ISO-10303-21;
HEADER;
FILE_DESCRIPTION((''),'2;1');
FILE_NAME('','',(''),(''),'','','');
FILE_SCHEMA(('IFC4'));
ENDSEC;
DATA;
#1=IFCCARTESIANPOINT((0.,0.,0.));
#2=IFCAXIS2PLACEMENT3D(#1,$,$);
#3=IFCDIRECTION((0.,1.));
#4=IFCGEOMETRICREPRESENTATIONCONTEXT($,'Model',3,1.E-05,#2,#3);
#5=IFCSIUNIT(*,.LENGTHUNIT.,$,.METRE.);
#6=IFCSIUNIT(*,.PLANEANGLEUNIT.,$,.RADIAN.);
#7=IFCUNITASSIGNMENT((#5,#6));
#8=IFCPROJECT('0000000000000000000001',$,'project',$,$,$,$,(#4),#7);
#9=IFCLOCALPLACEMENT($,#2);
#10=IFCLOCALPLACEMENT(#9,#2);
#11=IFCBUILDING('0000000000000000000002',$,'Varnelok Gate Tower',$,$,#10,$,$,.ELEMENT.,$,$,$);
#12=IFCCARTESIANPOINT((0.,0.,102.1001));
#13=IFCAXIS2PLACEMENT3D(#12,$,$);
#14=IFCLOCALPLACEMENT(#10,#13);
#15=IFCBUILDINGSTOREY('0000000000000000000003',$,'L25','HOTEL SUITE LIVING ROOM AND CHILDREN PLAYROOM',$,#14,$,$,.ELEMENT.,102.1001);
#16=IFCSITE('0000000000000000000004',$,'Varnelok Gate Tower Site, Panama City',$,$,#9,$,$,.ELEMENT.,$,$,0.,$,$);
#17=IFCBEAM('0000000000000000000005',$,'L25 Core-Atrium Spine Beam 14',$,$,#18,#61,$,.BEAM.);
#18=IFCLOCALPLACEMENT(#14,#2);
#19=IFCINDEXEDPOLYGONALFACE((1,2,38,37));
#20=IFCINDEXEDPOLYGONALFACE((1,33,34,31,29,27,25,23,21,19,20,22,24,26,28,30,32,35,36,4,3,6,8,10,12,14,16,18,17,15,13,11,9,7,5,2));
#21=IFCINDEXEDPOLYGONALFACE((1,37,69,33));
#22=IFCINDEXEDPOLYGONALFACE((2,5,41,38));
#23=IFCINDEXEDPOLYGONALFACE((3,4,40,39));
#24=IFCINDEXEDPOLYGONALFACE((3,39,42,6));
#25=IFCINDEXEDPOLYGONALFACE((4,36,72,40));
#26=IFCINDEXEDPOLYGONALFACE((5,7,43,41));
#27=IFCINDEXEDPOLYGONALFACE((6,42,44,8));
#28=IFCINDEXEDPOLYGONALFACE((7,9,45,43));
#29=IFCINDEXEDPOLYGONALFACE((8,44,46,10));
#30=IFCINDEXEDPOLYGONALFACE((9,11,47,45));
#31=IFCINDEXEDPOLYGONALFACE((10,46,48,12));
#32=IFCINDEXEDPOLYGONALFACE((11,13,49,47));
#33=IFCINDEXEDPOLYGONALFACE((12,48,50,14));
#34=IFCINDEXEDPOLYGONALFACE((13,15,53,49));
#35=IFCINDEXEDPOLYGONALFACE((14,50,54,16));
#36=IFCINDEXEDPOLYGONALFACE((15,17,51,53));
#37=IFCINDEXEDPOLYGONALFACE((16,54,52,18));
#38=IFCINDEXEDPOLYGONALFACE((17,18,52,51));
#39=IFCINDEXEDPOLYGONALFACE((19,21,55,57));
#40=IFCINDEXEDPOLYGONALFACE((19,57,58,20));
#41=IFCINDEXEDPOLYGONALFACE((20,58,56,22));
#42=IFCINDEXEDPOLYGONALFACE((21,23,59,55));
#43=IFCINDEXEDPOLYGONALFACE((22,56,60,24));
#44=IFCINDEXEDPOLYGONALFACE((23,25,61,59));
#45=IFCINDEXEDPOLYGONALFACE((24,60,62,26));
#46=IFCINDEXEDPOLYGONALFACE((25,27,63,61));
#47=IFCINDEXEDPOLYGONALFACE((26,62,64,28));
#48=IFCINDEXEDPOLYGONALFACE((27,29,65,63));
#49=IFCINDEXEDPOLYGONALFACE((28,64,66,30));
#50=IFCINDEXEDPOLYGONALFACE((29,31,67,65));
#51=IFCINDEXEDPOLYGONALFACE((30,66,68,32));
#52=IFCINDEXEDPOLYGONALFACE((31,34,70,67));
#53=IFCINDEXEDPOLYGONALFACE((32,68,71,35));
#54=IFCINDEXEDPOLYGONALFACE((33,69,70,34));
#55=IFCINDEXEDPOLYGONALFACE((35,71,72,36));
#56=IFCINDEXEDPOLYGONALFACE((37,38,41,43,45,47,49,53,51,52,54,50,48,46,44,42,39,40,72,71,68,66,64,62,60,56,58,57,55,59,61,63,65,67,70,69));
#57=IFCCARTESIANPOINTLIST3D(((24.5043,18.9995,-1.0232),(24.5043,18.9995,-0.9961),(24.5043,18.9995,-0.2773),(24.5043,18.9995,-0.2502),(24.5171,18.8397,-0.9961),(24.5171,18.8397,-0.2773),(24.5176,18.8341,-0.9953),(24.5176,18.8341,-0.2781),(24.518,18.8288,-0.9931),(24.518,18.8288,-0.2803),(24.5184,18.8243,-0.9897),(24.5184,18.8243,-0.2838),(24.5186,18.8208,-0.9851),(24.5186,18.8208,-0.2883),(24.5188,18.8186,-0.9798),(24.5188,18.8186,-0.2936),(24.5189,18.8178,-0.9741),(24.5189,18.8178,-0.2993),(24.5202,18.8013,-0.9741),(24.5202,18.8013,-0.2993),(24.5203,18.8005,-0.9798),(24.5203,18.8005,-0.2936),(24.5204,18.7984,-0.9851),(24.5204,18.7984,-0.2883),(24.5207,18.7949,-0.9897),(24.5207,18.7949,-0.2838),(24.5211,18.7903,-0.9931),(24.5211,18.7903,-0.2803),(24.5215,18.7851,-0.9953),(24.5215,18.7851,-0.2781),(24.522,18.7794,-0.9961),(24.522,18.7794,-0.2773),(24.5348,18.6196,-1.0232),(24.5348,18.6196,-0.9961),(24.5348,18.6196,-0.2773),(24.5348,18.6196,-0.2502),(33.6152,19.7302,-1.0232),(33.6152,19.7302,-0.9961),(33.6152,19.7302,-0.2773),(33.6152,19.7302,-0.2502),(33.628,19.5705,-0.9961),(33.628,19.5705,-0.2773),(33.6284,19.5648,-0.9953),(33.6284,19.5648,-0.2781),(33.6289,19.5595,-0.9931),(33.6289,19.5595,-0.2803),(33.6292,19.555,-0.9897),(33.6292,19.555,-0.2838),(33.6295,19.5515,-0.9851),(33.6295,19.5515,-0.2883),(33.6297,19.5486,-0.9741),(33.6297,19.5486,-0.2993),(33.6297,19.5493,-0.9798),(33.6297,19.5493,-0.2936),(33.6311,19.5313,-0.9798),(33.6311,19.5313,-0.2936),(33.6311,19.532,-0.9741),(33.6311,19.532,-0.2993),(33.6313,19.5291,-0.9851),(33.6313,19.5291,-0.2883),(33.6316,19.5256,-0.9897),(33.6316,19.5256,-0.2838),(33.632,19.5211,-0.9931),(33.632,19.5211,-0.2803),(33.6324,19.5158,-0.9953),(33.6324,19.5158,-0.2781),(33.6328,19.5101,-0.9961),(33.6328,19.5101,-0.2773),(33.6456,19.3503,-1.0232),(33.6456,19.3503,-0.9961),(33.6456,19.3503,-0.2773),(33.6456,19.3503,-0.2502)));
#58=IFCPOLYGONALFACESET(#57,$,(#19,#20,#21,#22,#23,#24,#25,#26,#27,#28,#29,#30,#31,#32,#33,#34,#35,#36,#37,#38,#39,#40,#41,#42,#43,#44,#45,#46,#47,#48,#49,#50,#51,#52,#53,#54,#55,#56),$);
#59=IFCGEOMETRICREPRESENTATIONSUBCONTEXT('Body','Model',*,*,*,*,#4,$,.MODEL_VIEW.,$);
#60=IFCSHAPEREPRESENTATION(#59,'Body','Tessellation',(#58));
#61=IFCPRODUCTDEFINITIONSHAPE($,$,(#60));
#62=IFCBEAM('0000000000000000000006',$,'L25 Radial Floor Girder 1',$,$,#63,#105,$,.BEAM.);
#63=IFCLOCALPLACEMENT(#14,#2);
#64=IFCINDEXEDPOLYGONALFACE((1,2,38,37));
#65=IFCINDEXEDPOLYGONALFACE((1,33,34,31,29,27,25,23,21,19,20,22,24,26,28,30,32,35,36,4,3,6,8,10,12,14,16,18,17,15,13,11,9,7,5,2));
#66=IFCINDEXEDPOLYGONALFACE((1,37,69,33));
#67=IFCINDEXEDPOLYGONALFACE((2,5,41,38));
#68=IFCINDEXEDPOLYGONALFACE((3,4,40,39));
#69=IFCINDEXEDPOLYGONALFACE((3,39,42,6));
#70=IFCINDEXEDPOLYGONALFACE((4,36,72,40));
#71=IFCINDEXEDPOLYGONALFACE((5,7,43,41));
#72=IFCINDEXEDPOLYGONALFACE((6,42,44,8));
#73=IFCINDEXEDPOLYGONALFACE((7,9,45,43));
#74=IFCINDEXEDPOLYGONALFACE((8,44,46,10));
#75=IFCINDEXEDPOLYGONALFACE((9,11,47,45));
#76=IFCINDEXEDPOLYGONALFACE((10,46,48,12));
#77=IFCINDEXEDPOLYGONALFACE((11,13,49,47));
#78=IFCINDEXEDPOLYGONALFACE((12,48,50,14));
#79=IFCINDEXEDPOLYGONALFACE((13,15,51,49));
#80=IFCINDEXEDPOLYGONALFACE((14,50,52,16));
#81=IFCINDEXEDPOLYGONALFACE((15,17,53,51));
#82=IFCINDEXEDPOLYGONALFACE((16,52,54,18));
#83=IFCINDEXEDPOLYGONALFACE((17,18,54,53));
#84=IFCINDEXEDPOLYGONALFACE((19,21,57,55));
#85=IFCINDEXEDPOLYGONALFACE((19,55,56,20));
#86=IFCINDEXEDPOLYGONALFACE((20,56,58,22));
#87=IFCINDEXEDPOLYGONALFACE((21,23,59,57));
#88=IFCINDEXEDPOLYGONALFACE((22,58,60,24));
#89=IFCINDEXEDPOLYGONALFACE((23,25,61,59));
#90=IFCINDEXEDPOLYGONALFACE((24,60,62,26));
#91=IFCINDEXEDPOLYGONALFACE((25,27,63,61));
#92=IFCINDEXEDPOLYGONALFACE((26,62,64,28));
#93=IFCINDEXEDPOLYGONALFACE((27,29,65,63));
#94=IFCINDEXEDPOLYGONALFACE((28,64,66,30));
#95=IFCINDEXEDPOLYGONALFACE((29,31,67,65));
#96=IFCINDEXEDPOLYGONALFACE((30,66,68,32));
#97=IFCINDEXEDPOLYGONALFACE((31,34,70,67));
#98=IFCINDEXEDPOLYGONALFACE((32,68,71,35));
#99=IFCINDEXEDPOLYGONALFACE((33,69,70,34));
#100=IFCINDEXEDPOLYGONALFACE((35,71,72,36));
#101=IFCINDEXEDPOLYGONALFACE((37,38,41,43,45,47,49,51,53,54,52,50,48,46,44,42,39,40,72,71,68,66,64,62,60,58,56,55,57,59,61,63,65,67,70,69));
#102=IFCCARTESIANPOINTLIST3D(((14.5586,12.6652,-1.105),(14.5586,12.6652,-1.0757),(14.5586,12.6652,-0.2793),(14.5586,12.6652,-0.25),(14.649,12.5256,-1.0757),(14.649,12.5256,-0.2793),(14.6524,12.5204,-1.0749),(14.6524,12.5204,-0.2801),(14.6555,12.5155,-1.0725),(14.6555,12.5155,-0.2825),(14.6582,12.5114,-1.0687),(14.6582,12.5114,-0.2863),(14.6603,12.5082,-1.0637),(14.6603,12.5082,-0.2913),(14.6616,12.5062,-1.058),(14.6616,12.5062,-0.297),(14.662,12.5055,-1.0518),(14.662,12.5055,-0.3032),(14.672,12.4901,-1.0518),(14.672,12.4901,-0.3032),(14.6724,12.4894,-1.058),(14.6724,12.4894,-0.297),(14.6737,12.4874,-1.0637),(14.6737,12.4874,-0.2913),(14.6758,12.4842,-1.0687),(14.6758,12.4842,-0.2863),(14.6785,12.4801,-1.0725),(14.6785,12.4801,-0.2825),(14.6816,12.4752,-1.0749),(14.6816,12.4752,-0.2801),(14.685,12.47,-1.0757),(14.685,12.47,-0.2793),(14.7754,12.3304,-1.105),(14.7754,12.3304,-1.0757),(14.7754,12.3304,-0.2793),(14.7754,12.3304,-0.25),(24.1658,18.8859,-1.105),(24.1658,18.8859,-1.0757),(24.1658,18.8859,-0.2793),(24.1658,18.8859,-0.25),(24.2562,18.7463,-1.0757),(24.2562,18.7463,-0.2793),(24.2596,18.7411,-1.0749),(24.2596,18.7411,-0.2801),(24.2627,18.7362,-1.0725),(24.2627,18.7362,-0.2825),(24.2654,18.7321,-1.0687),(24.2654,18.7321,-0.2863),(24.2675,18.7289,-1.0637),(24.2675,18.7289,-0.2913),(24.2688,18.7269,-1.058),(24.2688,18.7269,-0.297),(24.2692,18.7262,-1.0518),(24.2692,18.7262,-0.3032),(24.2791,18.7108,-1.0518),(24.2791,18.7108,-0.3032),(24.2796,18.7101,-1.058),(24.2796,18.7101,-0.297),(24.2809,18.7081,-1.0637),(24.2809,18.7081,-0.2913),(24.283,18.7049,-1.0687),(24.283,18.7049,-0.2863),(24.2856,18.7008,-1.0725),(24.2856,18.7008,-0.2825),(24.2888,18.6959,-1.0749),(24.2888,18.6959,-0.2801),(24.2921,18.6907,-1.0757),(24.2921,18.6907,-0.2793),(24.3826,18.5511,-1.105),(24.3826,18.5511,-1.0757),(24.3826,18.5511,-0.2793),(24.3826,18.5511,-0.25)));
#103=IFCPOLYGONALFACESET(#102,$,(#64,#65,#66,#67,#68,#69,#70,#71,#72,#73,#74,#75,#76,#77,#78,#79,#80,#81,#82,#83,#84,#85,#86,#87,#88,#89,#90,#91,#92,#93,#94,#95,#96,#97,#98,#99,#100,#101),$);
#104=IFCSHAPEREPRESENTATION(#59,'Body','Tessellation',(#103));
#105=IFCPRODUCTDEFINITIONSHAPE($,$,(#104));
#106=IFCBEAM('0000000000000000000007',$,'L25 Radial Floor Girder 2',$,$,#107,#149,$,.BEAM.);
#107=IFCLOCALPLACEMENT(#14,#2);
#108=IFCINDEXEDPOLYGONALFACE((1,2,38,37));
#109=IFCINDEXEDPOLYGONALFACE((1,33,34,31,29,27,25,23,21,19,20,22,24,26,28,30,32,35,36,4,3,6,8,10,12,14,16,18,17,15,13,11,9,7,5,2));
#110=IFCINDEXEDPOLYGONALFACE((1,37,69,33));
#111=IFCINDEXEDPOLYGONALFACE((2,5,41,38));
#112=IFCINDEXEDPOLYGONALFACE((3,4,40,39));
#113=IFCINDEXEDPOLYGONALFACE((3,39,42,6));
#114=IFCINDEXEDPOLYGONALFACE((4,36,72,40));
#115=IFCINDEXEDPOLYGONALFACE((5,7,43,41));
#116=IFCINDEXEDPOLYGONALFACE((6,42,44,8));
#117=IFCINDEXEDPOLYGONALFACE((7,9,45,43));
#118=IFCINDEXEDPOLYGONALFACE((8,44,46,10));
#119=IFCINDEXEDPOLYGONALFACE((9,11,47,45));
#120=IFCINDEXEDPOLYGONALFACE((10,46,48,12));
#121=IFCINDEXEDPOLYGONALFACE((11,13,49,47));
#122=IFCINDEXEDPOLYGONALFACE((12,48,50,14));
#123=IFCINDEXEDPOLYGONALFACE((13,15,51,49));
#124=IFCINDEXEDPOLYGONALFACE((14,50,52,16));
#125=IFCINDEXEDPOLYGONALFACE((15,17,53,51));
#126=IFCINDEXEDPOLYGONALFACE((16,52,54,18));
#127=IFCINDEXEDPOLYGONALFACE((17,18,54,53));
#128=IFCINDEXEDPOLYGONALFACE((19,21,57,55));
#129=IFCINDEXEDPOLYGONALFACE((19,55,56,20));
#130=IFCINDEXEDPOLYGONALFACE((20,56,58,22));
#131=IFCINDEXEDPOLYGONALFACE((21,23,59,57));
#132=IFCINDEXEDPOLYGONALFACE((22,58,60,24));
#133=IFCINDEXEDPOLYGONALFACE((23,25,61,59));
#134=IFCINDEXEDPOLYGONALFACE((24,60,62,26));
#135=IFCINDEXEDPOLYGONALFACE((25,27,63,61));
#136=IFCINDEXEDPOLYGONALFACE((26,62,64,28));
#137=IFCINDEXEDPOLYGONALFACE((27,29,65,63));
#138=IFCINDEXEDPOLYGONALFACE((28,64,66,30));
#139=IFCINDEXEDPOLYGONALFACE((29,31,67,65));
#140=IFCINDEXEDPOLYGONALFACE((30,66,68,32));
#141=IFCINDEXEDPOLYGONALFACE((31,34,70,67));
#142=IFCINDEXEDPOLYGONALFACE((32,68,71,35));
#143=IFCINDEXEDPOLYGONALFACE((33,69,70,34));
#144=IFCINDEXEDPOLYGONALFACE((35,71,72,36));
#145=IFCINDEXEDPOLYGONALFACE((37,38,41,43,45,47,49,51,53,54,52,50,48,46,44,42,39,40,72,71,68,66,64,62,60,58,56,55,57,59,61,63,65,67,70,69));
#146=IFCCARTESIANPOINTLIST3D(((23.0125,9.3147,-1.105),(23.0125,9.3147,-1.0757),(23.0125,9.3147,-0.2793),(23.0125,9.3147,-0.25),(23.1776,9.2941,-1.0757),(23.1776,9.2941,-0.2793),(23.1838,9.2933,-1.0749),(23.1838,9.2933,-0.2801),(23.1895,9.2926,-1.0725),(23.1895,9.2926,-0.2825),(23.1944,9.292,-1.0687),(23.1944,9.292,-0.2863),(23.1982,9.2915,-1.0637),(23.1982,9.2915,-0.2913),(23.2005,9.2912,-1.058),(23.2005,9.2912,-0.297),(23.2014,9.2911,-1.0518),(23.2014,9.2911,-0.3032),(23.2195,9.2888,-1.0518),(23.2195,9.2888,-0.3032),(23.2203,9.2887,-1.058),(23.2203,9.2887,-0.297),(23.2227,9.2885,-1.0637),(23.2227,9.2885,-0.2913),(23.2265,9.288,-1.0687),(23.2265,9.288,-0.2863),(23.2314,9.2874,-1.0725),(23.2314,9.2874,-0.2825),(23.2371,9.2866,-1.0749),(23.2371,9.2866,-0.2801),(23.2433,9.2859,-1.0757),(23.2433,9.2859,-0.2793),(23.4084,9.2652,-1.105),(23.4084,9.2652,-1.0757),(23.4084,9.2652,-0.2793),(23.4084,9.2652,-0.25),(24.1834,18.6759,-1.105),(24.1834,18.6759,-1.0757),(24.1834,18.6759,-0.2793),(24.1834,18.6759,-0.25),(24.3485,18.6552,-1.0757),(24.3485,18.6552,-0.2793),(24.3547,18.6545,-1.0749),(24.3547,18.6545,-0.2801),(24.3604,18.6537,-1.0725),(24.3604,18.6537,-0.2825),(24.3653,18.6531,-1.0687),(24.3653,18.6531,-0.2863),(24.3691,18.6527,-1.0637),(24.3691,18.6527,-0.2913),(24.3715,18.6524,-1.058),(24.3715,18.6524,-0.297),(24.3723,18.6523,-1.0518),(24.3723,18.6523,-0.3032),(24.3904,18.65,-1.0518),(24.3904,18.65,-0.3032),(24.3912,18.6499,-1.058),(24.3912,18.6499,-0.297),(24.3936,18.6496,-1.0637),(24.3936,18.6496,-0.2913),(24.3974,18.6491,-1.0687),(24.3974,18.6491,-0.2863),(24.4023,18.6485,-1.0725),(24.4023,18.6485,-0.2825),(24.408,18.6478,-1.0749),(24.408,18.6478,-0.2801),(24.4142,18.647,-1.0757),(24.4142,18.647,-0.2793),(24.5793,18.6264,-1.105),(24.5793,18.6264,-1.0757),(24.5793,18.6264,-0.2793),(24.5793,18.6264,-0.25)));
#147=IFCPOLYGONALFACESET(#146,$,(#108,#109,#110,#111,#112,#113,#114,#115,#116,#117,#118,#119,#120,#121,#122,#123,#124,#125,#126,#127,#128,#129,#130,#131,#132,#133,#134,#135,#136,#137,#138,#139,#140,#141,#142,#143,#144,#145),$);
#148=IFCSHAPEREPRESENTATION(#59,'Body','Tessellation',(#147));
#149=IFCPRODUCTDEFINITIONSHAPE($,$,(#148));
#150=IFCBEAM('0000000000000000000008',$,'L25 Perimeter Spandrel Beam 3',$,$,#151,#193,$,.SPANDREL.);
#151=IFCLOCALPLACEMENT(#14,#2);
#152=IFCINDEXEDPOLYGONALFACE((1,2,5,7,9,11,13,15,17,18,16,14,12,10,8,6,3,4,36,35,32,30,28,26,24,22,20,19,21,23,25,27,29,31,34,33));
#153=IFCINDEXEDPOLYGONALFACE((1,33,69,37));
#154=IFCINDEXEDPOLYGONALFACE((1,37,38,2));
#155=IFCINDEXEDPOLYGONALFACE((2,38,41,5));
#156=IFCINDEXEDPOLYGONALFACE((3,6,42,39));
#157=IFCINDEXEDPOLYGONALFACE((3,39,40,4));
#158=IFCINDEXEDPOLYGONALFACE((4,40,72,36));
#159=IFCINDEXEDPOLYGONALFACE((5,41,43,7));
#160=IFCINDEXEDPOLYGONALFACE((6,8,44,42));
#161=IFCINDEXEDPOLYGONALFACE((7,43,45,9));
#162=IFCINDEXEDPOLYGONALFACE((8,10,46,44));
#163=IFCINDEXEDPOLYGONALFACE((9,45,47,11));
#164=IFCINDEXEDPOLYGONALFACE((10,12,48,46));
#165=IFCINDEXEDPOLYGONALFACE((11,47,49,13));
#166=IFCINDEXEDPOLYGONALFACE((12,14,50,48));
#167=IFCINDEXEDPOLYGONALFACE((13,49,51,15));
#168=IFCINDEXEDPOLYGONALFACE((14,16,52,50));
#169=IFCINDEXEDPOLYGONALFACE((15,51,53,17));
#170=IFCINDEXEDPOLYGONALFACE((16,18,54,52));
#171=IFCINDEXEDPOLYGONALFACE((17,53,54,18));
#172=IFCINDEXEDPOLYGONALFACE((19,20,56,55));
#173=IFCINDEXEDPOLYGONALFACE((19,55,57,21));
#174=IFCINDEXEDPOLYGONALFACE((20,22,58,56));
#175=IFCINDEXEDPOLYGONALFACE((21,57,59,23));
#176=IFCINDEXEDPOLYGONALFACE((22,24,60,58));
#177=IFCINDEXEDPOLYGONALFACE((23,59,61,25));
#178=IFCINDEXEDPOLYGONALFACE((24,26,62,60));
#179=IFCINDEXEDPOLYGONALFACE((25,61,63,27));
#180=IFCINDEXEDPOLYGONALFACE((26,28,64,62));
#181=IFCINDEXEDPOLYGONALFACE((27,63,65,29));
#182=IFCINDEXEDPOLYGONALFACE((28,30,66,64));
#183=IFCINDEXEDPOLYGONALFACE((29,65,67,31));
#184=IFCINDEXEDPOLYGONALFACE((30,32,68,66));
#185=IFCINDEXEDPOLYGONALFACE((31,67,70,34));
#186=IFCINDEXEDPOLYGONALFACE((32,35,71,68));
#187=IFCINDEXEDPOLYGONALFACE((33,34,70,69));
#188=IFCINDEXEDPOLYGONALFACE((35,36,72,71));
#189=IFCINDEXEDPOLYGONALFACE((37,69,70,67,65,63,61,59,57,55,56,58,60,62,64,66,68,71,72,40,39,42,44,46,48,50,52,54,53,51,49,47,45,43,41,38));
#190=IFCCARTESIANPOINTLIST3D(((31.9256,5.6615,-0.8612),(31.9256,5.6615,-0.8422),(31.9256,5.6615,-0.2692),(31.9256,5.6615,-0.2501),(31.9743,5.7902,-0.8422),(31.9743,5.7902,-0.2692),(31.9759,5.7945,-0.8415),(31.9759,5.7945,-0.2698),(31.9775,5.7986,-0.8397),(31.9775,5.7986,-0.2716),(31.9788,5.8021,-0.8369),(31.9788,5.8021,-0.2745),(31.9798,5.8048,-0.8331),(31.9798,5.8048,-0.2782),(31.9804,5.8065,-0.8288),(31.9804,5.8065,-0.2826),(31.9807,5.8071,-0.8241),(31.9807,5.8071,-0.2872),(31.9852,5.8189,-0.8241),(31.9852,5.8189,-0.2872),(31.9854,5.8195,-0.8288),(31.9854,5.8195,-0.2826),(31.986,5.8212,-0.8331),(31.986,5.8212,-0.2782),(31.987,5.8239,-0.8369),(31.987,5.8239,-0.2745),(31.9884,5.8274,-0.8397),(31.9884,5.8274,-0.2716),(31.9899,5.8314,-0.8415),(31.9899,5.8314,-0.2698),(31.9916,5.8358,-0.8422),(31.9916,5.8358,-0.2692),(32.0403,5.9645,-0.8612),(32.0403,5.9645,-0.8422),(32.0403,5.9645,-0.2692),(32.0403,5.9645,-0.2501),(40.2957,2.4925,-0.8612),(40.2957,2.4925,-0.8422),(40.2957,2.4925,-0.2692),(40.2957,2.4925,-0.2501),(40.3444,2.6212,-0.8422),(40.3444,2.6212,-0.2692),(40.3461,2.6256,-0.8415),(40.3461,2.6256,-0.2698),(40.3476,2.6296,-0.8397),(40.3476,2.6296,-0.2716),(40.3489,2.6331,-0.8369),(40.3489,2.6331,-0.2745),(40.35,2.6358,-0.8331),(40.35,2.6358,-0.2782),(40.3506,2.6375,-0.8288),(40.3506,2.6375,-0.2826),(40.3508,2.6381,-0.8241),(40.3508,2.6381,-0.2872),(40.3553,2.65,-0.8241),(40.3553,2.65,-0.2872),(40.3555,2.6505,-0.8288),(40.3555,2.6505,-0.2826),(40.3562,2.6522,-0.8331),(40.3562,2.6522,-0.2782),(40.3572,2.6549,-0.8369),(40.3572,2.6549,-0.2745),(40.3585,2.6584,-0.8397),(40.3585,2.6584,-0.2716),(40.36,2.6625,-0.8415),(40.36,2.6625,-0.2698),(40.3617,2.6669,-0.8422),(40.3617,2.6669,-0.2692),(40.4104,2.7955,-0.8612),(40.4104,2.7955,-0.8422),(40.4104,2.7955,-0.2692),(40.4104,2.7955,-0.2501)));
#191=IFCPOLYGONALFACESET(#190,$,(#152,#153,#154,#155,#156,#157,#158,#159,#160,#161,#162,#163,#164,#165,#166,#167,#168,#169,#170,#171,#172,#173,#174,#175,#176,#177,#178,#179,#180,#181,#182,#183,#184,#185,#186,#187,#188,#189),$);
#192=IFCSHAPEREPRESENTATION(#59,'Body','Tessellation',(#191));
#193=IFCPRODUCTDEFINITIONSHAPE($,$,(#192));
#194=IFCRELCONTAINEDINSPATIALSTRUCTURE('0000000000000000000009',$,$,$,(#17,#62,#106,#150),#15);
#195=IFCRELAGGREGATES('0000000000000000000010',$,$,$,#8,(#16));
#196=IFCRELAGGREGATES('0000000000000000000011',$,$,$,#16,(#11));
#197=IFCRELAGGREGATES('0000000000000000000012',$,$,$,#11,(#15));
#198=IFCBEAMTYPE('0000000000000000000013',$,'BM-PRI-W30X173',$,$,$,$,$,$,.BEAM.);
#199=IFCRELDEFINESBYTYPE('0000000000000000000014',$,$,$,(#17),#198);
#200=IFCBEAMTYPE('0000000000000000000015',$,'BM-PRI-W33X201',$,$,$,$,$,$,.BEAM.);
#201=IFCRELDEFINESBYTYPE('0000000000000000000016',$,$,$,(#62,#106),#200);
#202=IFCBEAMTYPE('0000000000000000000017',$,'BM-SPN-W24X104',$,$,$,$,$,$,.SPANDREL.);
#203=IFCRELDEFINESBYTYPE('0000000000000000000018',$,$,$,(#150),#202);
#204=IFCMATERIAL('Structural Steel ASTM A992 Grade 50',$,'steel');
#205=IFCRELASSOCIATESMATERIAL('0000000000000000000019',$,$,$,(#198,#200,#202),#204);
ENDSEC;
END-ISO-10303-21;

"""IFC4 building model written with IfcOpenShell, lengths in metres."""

from ifc_helpers import new_model, si_unit, direction, frame, origin, origin_2d, place, context, subcontext, project, spatial, i_section, extrude, material, material_profile, profile_set, type_object, element, save


model = new_model("IFC4")

# Units and contexts
model_context = context("Model", 3, precision=1e-05, world=origin(), true_north=direction((0.0, 1.0)))
body_context = subcontext(model_context, "Body", "Model", "MODEL_VIEW")
ifc_project = project(units=[si_unit("LENGTHUNIT", "METRE"), si_unit("PLANEANGLEUNIT", "RADIAN")], contexts=[model_context])

# Site, building, storey
site_placement = place(None, origin())
site = spatial("IfcSite", under=ifc_project, at=site_placement, Name="Varnelok Gate Tower Site, Panama City", CompositionType="ELEMENT", RefElevation=0.0)
building_placement = place(site_placement, origin())
building = spatial("IfcBuilding", under=site, at=building_placement, Name="Varnelok Gate Tower", CompositionType="ELEMENT")
storey_placement = place(building_placement, frame((0.0, 0.0, 102.1001)))
storey = spatial("IfcBuildingStorey", under=building, at=storey_placement, Name="L25", Description="HOTEL SUITE LIVING ROOM AND CHILDREN PLAYROOM", CompositionType="ELEMENT", Elevation=102.1001)

# Shared definitions
ifc_material_1 = material(Name="Structural Steel ASTM A992 Grade 50", Category="steel")

# Beams
ifc_material_profile_1 = material_profile(ifc_material_1, i_section(OverallWidth=0.3811, OverallDepth=0.7729, WebThickness=0.0166, FlangeThickness=0.0271, FilletRadius=0.022, at=origin_2d()), Name="W30X173")
ifc_profile_set_1 = profile_set([ifc_material_profile_1], Name="Structural Steel ASTM A992 Grade 50")
beam_type_1 = type_object("IfcBeamType", Name="BM-PRI-W30X173", PredefinedType="BEAM", material=ifc_profile_set_1)
beam_1_placement = place(storey_placement, frame((24.5195, 18.8096, -0.6367), z_axis=(0.996799, 0.079946, 0.0), x_axis=(-0.079946, 0.996799, 0.0)))
element("IfcBeam", 1, at=beam_1_placement, inside=storey, type_object=beam_type_1, Name="L25 Core-Atrium Spine Beam 14", PredefinedType="BEAM", context=body_context, shape_type="SweptSolid", body=[
    extrude(i_section(OverallWidth=0.3811, OverallDepth=0.7729, WebThickness=0.0166, FlangeThickness=0.0271, FilletRadius=0.022, at=origin_2d()), origin(), (0.0, 0.0, 1.0), 9.1401),
])
ifc_material_profile_2 = material_profile(ifc_material_1, i_section(OverallWidth=0.3989, OverallDepth=0.855, WebThickness=0.0183, FlangeThickness=0.0293, FilletRadius=0.0239, at=origin_2d()), Name="W33X201")
ifc_profile_set_2 = profile_set([ifc_material_profile_2], Name="Structural Steel ASTM A992 Grade 50")
beam_type_2 = type_object("IfcBeamType", Name="BM-PRI-W33X201", PredefinedType="BEAM", material=ifc_profile_set_2)
beam_2_placement = place(storey_placement, frame((24.2742, 18.7185, -0.6775), z_axis=(-0.839399, -0.543516, 0.0), x_axis=(0.543516, -0.839399, 0.0)))
element("IfcBeam", 2, at=beam_2_placement, inside=storey, type_object=beam_type_2, Name="L25 Radial Floor Girder 1", PredefinedType="BEAM", context=body_context, shape_type="SweptSolid", body=[
    extrude(i_section(OverallWidth=0.3989, OverallDepth=0.855, WebThickness=0.0183, FlangeThickness=0.0293, FilletRadius=0.0239, at=origin_2d()), origin(), (0.0, 0.0, 1.0), 11.4453),
])
beam_3_placement = place(storey_placement, frame((24.3813, 18.6511, -0.6775), z_axis=(-0.124114, -0.992268, 0.0), x_axis=(0.992268, -0.124114, 0.0)))
element("IfcBeam", 3, at=beam_3_placement, inside=storey, type_object=beam_type_2, Name="L25 Radial Floor Girder 2", PredefinedType="BEAM", context=body_context, shape_type="SweptSolid", body=[
    extrude(i_section(OverallWidth=0.3989, OverallDepth=0.855, WebThickness=0.0183, FlangeThickness=0.0293, FilletRadius=0.0239, at=origin_2d()), origin(), (0.0, 0.0, 1.0), 9.4341),
])
ifc_material_profile_3 = material_profile(ifc_material_1, i_section(OverallWidth=0.324, OverallDepth=0.6111, WebThickness=0.0127, FlangeThickness=0.019, FilletRadius=0.0181, at=origin_2d()), Name="W24X104")
ifc_profile_set_3 = profile_set([ifc_material_profile_3], Name="Structural Steel ASTM A992 Grade 50")
beam_type_3 = type_object("IfcBeamType", Name="BM-SPN-W24X104", PredefinedType="SPANDREL", material=ifc_profile_set_3)
beam_4_placement = place(storey_placement, frame((31.9829, 5.813, -0.5557), z_axis=(0.935217, -0.354075, 0.0), x_axis=(0.354075, 0.935217, 0.0)))
element("IfcBeam", 4, at=beam_4_placement, inside=storey, type_object=beam_type_3, Name="L25 Perimeter Spandrel Beam 3", PredefinedType="SPANDREL", context=body_context, shape_type="SweptSolid", body=[
    extrude(i_section(OverallWidth=0.324, OverallDepth=0.6111, WebThickness=0.0127, FlangeThickness=0.019, FilletRadius=0.0181, at=origin_2d()), origin(), (0.0, 0.0, 1.0), 8.95),
])

save(model, "model.ifc")
